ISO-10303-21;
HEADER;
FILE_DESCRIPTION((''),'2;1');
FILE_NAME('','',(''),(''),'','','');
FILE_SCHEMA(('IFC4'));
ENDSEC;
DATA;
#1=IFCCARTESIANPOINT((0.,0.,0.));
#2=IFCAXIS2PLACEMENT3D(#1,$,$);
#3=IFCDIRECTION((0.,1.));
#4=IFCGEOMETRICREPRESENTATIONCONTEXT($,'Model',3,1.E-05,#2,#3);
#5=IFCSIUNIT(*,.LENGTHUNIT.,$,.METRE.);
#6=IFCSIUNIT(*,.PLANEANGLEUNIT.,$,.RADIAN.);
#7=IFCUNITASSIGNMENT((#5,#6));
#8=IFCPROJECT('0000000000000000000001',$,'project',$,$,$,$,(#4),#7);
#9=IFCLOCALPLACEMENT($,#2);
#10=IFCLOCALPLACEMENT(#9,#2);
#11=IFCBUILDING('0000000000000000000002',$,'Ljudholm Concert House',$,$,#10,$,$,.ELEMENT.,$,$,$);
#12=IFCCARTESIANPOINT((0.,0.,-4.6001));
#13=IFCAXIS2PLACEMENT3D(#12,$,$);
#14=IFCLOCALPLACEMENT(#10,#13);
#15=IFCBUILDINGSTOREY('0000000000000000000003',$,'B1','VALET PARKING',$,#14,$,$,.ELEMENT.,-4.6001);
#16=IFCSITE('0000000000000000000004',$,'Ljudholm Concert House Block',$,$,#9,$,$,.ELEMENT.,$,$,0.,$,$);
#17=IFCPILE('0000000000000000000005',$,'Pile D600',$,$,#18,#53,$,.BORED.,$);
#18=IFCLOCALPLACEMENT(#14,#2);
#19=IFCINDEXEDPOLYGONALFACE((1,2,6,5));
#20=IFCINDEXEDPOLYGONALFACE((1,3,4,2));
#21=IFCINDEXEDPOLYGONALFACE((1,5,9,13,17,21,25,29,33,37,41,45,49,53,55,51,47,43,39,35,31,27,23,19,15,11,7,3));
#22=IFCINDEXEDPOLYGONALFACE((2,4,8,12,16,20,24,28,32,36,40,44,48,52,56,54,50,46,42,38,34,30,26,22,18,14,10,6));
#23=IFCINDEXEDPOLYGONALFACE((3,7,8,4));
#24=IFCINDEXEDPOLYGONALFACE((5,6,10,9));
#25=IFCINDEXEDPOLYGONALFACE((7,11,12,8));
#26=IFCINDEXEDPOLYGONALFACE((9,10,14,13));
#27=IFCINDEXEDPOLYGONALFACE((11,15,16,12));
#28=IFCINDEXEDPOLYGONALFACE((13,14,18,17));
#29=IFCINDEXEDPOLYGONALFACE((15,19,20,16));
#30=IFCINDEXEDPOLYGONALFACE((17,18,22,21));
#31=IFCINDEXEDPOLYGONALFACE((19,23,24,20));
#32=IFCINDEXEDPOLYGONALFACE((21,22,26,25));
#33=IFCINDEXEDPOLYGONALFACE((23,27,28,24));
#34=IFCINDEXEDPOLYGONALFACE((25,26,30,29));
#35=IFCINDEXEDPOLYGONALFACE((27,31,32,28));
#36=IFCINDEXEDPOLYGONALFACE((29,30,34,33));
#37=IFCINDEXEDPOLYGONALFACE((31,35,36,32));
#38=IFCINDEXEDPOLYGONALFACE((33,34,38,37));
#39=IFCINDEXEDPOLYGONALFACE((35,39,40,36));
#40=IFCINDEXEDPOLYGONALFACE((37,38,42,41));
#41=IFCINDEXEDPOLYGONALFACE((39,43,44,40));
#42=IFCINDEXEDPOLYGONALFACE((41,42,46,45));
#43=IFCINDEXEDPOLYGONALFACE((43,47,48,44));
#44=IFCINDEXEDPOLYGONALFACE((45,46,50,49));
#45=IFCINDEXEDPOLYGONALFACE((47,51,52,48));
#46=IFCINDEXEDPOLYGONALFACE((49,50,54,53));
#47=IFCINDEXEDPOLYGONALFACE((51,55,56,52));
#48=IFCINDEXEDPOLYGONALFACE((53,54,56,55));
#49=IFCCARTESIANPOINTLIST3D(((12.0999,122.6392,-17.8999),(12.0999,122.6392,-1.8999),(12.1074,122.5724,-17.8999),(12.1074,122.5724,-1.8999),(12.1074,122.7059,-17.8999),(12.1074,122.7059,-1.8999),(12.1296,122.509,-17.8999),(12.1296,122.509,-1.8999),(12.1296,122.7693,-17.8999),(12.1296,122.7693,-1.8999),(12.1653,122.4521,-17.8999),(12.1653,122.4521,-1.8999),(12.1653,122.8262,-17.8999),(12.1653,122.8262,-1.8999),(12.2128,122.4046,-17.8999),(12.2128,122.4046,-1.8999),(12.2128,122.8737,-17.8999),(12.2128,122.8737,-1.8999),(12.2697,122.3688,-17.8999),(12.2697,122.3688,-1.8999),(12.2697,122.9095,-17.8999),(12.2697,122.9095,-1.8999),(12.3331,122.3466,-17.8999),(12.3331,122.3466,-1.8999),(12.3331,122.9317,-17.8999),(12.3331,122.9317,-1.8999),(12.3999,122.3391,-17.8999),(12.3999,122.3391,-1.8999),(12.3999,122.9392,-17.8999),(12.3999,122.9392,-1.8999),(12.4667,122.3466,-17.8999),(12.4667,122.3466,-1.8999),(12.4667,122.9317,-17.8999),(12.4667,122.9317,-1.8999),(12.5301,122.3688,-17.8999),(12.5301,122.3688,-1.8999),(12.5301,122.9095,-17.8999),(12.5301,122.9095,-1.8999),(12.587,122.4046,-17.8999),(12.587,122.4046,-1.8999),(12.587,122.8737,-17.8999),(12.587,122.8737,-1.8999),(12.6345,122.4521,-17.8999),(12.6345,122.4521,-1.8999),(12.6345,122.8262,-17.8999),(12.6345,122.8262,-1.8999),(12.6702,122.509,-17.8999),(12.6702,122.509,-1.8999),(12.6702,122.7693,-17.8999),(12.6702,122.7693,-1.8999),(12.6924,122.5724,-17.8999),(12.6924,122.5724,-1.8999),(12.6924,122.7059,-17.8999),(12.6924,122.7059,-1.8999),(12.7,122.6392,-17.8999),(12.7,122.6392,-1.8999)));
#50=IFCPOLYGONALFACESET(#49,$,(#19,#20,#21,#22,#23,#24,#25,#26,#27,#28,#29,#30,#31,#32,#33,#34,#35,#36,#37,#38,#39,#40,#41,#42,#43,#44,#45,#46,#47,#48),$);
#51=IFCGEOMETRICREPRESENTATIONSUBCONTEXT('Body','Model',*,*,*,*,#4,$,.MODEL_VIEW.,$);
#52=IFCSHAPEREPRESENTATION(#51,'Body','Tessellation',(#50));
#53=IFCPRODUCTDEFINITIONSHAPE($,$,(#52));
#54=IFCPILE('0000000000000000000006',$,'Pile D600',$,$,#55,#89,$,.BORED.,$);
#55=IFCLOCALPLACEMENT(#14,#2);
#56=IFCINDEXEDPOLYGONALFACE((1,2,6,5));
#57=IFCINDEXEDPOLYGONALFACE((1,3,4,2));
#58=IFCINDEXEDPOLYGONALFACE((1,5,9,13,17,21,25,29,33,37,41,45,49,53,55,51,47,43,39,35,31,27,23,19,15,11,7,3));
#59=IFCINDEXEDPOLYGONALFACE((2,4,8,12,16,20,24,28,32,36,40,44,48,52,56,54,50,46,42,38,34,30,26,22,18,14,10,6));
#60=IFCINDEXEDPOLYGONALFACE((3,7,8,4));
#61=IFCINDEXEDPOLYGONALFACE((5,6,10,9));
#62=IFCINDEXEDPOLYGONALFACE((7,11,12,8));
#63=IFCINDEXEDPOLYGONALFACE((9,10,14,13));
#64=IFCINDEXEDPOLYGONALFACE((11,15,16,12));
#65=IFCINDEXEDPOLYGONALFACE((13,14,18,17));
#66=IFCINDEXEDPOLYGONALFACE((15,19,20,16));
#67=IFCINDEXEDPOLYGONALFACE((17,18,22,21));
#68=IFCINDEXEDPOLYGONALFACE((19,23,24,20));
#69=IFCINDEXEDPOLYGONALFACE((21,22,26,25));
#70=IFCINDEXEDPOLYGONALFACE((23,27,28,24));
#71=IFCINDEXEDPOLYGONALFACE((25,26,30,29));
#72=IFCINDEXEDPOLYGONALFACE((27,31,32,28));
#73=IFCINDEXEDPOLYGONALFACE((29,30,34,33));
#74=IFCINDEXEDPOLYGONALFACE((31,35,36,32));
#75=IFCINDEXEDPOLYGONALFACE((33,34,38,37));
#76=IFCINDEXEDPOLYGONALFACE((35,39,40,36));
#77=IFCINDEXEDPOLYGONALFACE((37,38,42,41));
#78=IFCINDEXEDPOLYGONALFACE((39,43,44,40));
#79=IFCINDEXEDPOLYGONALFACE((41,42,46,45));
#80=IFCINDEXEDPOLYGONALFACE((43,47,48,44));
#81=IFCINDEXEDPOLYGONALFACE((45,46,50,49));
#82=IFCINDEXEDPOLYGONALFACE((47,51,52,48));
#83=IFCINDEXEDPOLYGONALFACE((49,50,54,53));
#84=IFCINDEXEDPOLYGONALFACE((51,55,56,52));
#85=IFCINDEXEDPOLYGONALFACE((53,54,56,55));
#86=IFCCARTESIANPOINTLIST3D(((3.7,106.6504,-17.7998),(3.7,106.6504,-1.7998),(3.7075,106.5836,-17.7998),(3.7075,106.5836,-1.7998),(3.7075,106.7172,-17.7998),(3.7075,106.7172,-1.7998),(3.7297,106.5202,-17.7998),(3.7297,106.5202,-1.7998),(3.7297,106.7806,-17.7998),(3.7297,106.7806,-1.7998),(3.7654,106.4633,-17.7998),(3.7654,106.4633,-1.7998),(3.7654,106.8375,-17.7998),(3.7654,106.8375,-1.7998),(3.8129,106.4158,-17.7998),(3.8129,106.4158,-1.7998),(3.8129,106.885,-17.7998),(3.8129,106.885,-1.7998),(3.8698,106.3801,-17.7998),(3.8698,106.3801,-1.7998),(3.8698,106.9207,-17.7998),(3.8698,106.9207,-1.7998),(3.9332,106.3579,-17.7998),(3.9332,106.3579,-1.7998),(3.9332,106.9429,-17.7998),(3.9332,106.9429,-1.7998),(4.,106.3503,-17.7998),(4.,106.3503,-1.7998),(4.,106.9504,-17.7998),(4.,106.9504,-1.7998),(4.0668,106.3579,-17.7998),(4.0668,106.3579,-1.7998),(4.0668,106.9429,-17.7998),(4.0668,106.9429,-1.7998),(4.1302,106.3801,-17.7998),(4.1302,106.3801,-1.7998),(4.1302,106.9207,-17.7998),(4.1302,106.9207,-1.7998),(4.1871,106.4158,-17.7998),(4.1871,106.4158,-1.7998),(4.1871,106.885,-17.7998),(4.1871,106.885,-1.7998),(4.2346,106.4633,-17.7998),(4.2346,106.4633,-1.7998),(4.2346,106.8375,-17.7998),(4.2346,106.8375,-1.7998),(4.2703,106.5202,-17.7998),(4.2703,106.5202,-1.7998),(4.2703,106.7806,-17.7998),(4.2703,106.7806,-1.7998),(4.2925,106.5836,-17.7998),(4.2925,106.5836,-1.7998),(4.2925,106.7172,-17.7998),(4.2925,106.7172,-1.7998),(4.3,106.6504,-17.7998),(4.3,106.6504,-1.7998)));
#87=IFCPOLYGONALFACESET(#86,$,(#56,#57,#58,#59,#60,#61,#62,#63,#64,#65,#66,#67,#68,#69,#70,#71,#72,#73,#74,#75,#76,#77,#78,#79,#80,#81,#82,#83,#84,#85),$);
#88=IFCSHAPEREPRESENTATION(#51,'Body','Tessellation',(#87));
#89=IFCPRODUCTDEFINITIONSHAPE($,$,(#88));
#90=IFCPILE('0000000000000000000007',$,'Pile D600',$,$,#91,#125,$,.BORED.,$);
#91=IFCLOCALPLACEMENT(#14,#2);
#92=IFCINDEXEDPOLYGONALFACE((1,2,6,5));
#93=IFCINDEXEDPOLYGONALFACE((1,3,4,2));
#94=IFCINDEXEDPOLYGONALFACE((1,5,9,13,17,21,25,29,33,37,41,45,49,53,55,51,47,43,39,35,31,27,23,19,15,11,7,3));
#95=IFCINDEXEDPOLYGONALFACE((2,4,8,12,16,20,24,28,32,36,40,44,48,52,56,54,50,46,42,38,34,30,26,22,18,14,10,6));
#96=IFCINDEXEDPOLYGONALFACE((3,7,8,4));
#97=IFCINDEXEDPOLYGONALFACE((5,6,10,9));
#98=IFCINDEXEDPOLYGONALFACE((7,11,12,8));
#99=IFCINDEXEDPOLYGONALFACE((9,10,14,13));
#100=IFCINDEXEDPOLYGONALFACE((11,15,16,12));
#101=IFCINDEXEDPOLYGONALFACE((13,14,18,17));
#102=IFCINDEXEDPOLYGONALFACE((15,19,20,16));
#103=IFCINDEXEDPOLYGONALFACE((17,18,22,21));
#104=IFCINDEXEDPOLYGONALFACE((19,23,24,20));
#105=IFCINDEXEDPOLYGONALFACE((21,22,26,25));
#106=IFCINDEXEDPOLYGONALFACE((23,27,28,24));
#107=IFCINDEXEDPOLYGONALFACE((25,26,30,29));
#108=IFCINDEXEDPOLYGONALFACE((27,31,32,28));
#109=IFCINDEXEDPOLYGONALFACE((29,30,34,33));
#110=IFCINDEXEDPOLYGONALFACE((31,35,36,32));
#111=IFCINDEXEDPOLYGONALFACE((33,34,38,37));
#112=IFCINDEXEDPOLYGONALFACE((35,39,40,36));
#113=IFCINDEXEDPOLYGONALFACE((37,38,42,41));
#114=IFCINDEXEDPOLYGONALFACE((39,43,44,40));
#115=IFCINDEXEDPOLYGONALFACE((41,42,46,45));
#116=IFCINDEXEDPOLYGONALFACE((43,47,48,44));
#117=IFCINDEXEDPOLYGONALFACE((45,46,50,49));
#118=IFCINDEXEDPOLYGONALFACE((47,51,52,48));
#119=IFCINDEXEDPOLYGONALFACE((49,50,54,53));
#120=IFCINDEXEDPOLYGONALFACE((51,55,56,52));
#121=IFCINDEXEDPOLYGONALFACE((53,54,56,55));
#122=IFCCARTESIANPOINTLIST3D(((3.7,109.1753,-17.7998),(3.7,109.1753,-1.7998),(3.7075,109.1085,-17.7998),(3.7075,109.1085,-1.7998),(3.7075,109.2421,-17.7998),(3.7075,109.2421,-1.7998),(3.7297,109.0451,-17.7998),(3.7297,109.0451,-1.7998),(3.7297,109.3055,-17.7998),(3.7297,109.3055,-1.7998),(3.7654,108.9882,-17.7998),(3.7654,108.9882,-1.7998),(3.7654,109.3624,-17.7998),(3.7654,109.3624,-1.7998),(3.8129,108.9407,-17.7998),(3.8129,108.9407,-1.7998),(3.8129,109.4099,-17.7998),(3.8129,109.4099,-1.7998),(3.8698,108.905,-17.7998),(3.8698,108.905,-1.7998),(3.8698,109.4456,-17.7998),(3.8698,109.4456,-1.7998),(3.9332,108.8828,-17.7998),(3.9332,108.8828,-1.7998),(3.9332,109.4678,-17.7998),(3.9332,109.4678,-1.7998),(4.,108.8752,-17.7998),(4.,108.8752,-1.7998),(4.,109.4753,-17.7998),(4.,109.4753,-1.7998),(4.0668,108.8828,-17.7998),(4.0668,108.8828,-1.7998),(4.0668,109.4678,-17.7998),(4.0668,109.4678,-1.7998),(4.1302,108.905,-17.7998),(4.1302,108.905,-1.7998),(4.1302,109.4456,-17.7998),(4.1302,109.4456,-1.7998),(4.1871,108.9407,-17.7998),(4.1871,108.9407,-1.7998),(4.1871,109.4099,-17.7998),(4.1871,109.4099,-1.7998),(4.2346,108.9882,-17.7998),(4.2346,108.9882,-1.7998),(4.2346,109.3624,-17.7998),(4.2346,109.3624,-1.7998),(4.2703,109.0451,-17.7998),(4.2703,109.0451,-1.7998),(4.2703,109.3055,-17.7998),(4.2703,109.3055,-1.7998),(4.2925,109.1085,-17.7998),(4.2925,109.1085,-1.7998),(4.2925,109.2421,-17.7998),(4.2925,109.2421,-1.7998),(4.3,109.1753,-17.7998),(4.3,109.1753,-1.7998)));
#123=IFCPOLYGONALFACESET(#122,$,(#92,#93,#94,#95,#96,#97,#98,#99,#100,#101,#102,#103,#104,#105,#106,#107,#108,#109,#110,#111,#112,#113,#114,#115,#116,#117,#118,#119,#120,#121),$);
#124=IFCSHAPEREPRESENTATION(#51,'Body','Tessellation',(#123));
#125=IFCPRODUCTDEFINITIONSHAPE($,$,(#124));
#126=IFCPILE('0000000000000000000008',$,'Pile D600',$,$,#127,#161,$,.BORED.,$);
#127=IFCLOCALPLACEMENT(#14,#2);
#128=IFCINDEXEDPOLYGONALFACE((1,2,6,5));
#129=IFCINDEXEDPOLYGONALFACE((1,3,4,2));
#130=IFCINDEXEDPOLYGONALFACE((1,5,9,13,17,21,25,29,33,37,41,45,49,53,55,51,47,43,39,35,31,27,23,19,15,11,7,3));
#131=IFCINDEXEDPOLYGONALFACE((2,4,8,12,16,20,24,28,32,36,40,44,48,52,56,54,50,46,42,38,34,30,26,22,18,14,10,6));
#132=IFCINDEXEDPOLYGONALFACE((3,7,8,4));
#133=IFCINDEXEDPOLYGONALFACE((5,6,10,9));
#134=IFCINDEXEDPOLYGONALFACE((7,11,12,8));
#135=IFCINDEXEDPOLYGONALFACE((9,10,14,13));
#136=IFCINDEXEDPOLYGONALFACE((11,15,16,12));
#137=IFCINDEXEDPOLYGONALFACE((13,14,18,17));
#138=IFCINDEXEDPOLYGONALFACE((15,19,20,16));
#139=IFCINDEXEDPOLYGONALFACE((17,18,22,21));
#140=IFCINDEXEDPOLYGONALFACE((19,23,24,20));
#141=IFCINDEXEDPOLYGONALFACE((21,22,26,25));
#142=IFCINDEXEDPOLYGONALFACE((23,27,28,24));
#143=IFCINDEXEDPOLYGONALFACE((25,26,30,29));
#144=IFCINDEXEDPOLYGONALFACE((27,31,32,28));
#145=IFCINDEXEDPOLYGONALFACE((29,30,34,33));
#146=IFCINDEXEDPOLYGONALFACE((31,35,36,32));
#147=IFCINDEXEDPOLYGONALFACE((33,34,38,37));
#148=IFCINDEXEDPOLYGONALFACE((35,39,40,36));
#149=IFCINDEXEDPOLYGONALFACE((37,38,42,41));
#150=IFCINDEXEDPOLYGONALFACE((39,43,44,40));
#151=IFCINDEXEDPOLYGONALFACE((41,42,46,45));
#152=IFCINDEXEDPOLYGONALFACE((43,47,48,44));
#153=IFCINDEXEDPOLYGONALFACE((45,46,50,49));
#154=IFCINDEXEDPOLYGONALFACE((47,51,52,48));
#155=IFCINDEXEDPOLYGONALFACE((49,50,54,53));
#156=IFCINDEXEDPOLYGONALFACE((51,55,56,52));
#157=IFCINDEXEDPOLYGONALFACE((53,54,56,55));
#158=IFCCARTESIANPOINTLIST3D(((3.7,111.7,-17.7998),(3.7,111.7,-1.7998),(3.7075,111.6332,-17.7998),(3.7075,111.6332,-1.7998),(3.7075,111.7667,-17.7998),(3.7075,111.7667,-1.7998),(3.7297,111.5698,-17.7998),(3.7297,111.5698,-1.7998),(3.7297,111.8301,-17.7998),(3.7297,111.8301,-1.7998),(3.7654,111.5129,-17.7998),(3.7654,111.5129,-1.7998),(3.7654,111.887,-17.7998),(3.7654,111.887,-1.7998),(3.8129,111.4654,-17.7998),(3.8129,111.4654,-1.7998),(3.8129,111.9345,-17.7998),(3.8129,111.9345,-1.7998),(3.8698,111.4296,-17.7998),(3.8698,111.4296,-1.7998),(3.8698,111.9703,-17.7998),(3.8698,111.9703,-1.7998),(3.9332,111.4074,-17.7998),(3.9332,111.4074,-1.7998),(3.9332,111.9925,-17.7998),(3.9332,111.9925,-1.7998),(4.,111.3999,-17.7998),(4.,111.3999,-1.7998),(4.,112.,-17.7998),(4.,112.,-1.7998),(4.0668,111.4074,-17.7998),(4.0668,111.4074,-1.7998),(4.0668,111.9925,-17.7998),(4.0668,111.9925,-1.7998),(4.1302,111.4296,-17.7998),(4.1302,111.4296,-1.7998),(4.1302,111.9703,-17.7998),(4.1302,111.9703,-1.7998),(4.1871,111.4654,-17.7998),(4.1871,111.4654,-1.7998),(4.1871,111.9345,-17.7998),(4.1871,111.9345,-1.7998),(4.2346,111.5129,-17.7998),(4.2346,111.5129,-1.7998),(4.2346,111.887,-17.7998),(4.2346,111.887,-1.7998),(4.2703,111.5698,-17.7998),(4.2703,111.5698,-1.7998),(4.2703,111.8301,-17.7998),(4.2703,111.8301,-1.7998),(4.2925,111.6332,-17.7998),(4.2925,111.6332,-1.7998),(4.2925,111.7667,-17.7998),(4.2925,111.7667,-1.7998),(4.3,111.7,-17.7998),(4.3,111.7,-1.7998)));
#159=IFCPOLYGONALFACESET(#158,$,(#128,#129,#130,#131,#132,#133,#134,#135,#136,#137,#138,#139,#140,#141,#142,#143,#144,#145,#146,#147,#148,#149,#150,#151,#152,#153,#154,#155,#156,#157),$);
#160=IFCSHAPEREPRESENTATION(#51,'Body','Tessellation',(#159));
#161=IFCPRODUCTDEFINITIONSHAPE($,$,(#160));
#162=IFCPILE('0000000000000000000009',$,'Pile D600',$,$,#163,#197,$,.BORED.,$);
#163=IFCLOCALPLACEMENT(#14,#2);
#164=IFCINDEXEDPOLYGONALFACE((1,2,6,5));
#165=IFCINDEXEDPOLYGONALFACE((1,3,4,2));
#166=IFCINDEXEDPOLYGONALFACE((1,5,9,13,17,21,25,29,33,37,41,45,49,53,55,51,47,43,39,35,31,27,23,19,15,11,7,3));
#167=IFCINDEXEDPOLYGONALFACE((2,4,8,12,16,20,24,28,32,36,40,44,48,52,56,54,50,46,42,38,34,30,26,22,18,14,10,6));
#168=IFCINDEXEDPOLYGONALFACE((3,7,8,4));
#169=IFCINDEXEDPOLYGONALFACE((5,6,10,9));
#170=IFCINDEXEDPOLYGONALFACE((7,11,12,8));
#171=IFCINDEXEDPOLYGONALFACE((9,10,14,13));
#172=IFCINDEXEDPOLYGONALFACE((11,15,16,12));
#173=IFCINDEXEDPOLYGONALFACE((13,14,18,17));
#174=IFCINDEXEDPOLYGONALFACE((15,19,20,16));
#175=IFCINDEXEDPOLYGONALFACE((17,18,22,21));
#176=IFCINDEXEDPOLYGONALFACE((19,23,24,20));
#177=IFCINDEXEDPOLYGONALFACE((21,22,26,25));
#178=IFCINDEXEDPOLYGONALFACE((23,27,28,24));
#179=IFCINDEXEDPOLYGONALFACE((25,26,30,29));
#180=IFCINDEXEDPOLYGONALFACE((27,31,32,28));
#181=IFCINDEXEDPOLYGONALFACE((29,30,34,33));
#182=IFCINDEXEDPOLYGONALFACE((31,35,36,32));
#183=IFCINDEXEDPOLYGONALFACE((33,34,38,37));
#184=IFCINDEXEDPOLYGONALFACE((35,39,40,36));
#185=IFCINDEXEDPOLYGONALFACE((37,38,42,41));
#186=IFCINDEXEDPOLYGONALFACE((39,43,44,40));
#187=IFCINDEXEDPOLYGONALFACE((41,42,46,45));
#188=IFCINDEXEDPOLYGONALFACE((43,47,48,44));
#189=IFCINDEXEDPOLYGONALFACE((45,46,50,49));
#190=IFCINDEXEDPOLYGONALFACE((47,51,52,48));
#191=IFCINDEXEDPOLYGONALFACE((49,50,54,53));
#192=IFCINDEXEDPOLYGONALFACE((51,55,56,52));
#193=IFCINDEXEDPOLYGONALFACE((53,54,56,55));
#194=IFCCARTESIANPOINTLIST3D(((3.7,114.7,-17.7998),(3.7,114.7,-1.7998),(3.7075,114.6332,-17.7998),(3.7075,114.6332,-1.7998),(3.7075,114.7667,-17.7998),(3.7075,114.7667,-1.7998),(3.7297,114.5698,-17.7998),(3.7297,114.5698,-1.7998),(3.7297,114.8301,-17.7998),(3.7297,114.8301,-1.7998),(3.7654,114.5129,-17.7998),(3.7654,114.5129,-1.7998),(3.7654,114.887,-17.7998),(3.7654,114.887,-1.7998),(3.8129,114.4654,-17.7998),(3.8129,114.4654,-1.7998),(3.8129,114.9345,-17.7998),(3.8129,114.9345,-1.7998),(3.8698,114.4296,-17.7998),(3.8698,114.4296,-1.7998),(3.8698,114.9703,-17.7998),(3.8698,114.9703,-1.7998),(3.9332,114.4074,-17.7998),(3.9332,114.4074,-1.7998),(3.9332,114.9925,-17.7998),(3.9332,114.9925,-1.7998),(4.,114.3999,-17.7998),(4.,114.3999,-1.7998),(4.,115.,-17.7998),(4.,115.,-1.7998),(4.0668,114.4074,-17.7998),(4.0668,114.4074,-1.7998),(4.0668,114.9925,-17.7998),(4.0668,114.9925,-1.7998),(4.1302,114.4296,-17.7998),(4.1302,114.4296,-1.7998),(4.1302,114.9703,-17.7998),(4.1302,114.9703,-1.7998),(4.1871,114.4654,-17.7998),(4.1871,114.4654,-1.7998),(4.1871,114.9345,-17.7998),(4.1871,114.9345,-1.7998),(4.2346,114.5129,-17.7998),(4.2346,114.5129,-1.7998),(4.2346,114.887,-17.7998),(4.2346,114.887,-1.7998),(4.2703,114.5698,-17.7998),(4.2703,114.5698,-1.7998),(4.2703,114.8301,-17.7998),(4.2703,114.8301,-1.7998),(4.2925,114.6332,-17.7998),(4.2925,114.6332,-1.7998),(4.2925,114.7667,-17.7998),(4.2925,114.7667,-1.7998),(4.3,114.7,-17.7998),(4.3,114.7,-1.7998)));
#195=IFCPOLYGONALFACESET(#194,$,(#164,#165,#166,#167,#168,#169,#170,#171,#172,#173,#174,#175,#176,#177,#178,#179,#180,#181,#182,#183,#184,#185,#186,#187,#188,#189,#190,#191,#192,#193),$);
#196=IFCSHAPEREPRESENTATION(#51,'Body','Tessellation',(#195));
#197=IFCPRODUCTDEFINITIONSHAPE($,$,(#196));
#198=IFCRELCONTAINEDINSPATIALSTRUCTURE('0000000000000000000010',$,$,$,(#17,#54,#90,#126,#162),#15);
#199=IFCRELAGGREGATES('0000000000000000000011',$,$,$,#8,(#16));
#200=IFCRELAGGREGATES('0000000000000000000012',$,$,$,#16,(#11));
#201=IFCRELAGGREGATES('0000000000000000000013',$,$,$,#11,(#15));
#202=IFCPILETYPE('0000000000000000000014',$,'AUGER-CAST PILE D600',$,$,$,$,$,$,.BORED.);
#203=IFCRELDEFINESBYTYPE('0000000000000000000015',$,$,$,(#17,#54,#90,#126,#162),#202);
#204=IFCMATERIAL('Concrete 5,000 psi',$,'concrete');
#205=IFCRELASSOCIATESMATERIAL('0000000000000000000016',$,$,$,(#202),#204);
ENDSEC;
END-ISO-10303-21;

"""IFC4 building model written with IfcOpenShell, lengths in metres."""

from ifc_helpers import new_model, si_unit, direction, frame, origin, origin_2d, place, context, subcontext, project, spatial, circle, extrude, material, material_profile, profile_set, type_object, element, save


model = new_model("IFC4")

# Units and contexts
model_context = context("Model", 3, precision=1e-05, world=origin(), true_north=direction((0.0, 1.0)))
body_context = subcontext(model_context, "Body", "Model", "MODEL_VIEW")
ifc_project = project(units=[si_unit("LENGTHUNIT", "METRE"), si_unit("PLANEANGLEUNIT", "RADIAN")], contexts=[model_context])

# Site, building, storey
site_placement = place(None, origin())
site = spatial("IfcSite", under=ifc_project, at=site_placement, Name="Ljudholm Concert House Block", CompositionType="ELEMENT", RefElevation=0.0)
building_placement = place(site_placement, origin())
building = spatial("IfcBuilding", under=site, at=building_placement, Name="Ljudholm Concert House", CompositionType="ELEMENT")
storey_placement = place(building_placement, frame((0.0, 0.0, -4.6001)))
storey = spatial("IfcBuildingStorey", under=building, at=storey_placement, Name="B1", Description="VALET PARKING", CompositionType="ELEMENT", Elevation=-4.6001)

# Piles
ifc_material_1 = material(Name="Concrete 5,000 psi", Category="concrete")
ifc_material_profile_1 = material_profile(ifc_material_1, circle(Radius=0.3, at=origin_2d()), Name="AUGER-CAST PILE D600")
ifc_profile_set_1 = profile_set([ifc_material_profile_1], Name="Concrete 5,000 psi")
pile_type = type_object("IfcPileType", Name="AUGER-CAST PILE D600", PredefinedType="BORED", material=ifc_profile_set_1)
for number, where, z_axis, x_axis, name in (
    (1, (12.3999, 122.6392, -1.8999), (0.0, 0.0, -1.0), (1.0, 0.0, 0.0), "Pile D600"),
    (2, (4.0, 106.6504, -1.7998), (0.0, 0.0, -1.0), (1.0, 0.0, 0.0), "Pile D600"),
    (3, (4.0, 109.1753, -1.7998), (0.0, 0.0, -1.0), (1.0, 0.0, 0.0), "Pile D600"),
    (4, (4.0, 111.7, -1.7998), (0.0, 0.0, -1.0), (1.0, 0.0, 0.0), "Pile D600"),
    (5, (4.0, 114.7, -1.7998), (0.0, 0.0, -1.0), (1.0, 0.0, 0.0), "Pile D600"),
):
    element("IfcPile", number, at=place(storey_placement, frame(where, z_axis=z_axis, x_axis=x_axis)), inside=storey, type_object=pile_type, Name=name, PredefinedType="BORED", context=body_context, shape_type="SweptSolid", body=[
        extrude(circle(Radius=0.3, at=origin_2d()), origin(), (0.0, 0.0, 1.0), 16.0),
    ])

save(model, "model.ifc")
